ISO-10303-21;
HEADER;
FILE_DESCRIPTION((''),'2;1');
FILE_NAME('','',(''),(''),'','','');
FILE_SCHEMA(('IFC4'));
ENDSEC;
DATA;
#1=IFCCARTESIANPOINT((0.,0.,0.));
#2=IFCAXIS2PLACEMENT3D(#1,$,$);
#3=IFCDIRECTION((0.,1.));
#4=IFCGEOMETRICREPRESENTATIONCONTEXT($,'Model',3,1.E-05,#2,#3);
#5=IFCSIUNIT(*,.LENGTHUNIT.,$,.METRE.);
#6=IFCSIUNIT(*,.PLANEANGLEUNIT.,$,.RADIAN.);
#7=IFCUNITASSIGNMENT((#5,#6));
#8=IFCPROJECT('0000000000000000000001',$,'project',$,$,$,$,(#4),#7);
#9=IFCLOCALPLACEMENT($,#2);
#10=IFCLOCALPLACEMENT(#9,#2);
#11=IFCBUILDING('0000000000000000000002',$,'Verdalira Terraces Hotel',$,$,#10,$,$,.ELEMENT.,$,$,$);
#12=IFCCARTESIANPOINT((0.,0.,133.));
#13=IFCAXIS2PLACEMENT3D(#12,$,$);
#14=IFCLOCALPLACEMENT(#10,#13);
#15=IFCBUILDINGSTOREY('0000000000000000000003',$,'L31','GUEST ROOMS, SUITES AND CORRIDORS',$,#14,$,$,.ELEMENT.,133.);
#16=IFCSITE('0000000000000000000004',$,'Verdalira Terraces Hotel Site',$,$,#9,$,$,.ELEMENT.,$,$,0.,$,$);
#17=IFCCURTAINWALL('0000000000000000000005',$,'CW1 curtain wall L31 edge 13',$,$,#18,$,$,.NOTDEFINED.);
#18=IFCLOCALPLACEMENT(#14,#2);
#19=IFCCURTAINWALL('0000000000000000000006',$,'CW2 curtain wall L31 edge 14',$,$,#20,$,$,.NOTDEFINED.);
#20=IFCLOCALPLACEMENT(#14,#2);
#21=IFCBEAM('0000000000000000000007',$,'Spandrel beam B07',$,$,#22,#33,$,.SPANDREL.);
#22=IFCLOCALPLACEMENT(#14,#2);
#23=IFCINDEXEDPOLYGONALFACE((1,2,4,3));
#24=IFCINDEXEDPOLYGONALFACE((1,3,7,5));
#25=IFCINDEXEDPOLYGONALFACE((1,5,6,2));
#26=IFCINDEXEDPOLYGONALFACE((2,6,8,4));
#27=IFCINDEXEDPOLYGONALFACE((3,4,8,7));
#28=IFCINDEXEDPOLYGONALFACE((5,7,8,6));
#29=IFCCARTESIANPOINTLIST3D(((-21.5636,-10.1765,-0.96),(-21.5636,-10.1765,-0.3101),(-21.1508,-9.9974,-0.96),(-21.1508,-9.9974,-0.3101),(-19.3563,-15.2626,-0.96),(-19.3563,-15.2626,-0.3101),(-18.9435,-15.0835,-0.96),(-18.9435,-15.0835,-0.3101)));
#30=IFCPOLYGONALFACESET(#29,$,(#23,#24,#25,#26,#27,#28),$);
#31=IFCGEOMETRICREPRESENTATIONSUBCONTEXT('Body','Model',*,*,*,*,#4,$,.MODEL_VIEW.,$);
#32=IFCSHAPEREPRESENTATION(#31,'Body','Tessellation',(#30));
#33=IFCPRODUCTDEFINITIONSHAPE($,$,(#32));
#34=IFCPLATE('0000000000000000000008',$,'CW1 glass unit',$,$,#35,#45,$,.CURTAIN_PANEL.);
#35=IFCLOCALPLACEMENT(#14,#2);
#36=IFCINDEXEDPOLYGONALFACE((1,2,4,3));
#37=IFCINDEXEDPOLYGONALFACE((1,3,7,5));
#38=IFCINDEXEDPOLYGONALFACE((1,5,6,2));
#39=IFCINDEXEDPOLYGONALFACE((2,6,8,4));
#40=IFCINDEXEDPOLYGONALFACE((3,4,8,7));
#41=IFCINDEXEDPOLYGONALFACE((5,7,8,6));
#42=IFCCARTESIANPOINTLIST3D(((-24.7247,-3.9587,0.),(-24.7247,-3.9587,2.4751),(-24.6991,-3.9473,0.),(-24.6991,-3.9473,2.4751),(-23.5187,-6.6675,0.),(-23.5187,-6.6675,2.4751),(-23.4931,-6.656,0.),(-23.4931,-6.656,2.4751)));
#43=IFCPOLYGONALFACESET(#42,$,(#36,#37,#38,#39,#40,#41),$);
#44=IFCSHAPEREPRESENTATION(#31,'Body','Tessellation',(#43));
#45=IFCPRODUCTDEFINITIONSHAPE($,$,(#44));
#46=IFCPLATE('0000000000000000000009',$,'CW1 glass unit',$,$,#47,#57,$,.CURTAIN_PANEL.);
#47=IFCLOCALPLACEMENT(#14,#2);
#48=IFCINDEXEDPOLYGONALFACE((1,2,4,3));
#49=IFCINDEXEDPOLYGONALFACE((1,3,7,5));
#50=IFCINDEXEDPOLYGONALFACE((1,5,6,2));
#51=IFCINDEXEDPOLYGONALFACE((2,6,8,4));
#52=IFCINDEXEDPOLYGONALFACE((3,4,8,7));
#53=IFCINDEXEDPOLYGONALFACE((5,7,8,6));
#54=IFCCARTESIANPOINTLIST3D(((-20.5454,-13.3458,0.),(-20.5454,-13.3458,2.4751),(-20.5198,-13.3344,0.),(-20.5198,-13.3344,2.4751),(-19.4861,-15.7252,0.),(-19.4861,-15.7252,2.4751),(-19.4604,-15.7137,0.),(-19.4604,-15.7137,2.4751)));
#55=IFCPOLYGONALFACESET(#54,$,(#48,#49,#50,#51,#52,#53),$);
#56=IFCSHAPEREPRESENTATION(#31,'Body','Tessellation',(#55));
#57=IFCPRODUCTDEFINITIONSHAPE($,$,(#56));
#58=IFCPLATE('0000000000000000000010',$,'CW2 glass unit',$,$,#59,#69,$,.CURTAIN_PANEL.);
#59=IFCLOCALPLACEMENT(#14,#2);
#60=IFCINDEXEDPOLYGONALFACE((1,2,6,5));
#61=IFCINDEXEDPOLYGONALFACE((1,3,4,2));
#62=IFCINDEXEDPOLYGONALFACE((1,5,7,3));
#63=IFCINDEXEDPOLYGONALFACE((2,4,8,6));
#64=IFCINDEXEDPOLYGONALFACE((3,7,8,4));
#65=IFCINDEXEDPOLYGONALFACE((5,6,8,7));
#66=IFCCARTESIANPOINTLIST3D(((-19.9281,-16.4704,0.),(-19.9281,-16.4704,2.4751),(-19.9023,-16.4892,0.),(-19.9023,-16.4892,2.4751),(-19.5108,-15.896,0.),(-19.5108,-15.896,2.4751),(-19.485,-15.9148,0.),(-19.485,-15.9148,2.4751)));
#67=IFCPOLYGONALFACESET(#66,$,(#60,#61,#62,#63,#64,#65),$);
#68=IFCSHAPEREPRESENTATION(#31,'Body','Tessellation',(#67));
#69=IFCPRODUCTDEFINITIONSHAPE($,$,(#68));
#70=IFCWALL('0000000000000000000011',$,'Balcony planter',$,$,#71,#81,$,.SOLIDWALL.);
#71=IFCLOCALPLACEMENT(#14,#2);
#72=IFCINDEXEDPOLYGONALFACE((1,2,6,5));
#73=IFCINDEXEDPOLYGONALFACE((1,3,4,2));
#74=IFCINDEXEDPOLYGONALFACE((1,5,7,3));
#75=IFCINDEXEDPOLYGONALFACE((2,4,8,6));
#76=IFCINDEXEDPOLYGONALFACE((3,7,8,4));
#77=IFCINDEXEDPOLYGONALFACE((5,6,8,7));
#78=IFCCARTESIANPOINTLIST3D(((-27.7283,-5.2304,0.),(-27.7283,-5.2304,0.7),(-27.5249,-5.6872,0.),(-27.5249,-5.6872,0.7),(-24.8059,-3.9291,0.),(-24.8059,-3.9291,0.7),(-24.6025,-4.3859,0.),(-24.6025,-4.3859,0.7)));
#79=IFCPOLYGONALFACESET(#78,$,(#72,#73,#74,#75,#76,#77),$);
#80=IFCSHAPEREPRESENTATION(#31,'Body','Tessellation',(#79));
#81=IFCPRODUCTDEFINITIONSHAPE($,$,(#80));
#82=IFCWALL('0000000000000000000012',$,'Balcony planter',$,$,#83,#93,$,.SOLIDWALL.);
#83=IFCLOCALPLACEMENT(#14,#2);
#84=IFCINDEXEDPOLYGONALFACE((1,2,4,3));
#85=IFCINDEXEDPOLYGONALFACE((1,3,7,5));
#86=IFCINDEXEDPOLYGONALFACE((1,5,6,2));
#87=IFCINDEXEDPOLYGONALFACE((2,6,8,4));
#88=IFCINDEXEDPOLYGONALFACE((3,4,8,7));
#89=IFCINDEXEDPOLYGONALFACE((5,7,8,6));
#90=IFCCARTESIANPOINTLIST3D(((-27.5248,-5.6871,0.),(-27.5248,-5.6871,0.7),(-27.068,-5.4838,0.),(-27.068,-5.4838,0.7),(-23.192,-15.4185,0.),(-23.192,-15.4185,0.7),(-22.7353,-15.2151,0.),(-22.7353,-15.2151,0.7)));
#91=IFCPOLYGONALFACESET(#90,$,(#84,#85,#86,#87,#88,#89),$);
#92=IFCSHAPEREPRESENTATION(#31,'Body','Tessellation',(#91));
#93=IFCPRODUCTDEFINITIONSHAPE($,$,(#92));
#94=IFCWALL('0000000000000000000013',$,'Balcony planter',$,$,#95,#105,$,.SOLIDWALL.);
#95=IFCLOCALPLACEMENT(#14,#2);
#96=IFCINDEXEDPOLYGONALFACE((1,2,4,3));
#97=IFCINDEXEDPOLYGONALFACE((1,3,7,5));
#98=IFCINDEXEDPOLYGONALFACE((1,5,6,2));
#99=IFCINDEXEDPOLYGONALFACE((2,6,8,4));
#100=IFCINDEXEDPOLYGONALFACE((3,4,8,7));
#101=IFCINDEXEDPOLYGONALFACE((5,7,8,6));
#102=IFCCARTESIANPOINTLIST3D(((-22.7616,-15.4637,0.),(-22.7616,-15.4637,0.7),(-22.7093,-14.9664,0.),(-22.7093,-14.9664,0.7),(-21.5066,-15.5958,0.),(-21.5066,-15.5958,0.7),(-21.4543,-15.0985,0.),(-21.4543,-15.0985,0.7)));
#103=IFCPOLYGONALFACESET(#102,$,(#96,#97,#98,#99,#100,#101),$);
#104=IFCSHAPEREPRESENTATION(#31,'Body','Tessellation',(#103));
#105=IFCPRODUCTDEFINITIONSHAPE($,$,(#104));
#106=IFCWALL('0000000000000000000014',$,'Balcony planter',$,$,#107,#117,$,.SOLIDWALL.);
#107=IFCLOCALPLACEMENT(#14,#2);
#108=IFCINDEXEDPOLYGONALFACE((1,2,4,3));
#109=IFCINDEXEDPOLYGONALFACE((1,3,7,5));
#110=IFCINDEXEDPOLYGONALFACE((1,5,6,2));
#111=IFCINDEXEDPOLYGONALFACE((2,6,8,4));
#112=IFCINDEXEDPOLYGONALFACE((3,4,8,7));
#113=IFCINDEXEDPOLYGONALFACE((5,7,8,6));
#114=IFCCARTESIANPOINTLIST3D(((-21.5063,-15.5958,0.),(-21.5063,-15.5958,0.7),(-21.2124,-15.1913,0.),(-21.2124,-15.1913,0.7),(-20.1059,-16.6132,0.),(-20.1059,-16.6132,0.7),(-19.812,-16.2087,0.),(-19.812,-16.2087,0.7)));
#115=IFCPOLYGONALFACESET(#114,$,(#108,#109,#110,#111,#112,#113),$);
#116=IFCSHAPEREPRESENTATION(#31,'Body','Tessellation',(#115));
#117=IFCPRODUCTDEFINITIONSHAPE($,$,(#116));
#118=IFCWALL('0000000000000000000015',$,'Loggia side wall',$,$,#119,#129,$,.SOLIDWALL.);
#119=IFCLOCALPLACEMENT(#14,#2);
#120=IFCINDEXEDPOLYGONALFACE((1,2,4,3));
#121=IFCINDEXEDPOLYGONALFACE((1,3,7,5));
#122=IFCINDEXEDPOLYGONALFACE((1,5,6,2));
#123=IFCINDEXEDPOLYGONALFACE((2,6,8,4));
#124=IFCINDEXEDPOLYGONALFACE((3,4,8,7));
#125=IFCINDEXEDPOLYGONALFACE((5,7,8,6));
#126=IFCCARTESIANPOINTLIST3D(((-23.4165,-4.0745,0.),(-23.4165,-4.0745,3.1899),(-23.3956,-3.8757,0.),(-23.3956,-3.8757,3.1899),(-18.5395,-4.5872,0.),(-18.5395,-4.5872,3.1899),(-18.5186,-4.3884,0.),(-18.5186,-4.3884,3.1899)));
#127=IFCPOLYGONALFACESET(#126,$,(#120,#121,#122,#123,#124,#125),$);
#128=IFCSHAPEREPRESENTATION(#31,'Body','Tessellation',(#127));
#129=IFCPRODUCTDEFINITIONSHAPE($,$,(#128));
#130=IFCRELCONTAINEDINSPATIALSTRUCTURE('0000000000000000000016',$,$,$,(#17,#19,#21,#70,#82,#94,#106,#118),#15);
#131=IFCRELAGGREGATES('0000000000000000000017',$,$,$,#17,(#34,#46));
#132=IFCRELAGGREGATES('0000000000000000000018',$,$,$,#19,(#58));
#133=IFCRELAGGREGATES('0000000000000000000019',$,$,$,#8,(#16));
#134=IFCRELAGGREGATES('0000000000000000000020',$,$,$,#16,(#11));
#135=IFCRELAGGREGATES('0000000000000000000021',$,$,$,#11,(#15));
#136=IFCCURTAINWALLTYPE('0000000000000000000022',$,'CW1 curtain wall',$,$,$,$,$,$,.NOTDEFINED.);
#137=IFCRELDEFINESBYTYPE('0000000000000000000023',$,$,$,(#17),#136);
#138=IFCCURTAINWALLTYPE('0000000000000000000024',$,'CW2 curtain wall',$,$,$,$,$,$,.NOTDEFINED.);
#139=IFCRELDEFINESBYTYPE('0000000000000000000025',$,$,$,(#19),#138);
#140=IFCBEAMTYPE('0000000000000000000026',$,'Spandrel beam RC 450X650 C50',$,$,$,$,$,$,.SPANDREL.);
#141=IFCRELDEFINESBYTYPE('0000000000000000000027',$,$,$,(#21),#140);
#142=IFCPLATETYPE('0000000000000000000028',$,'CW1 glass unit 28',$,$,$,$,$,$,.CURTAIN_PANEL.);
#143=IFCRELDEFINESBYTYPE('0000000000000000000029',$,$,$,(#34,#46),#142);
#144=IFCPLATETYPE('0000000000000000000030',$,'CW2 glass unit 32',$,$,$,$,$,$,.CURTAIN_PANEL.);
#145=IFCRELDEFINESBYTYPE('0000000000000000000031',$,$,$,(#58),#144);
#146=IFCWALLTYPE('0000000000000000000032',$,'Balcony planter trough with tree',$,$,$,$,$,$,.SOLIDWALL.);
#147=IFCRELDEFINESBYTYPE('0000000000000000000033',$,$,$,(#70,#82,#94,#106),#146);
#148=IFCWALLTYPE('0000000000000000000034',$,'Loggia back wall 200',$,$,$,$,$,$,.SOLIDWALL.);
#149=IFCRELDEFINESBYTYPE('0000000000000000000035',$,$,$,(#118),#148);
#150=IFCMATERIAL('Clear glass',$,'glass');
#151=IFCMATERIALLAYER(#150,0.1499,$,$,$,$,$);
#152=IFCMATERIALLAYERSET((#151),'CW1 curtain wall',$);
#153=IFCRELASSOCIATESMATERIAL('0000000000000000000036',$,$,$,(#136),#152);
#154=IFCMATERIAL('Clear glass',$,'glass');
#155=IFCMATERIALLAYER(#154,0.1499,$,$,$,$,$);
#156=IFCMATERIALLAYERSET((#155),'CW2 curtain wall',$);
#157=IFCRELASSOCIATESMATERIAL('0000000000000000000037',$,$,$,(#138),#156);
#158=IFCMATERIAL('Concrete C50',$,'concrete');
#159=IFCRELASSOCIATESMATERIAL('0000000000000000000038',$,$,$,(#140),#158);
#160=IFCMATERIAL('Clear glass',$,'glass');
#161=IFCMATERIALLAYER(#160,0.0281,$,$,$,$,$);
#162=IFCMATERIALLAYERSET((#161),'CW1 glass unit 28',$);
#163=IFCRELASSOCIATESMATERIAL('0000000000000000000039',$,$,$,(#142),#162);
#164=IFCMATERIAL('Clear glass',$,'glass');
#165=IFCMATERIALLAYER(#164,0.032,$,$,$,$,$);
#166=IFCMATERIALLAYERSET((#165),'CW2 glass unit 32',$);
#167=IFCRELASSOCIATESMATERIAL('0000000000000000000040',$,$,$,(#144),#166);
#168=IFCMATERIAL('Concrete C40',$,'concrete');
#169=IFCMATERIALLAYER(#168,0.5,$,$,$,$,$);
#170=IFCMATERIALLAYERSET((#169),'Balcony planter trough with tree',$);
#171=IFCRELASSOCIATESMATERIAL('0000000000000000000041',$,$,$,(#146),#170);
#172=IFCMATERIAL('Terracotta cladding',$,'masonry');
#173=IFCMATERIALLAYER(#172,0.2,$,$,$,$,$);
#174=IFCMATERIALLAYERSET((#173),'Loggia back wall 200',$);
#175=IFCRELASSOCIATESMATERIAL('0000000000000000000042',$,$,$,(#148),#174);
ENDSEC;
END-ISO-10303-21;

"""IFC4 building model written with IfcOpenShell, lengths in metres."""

from ifc_helpers import new_model, si_unit, direction, frame, frame_2d, origin, origin_2d, place, context, subcontext, project, spatial, rectangle, extrude, material, layer, layer_set, material_profile, profile_set, type_object, element, aggregate, save


model = new_model("IFC4")

# Units and contexts
model_context = context("Model", 3, precision=1e-05, world=origin(), true_north=direction((0.0, 1.0)))
body_context = subcontext(model_context, "Body", "Model", "MODEL_VIEW")
ifc_project = project(units=[si_unit("LENGTHUNIT", "METRE"), si_unit("PLANEANGLEUNIT", "RADIAN")], contexts=[model_context])

# Site, building, storey
site_placement = place(None, origin())
site = spatial("IfcSite", under=ifc_project, at=site_placement, Name="Verdalira Terraces Hotel Site", CompositionType="ELEMENT", RefElevation=0.0)
building_placement = place(site_placement, origin())
building = spatial("IfcBuilding", under=site, at=building_placement, Name="Verdalira Terraces Hotel", CompositionType="ELEMENT")
storey_placement = place(building_placement, frame((0.0, 0.0, 133.0)))
storey = spatial("IfcBuildingStorey", under=building, at=storey_placement, Name="L31", Description="GUEST ROOMS, SUITES AND CORRIDORS", CompositionType="ELEMENT", Elevation=133.0)

# Curtain walls
ifc_material_1 = material(Name="Clear glass", Category="glass")
ifc_layer_1 = layer(ifc_material_1, 0.1499)
ifc_layer_set_1 = layer_set([ifc_layer_1], Name="CW1 curtain wall")
curtain_wall_type_1 = type_object("IfcCurtainWallType", Name="CW1 curtain wall", PredefinedType="NOTDEFINED", material=ifc_layer_set_1)
curtain_wall_1_placement = place(storey_placement, origin())
curtain_wall_1 = element("IfcCurtainWall", 1, at=curtain_wall_1_placement, inside=storey, type_object=curtain_wall_type_1, Name="CW1 curtain wall L31 edge 13", PredefinedType="NOTDEFINED")
ifc_material_2 = material(Name="Clear glass", Category="glass")
ifc_layer_2 = layer(ifc_material_2, 0.1499)
ifc_layer_set_2 = layer_set([ifc_layer_2], Name="CW2 curtain wall")
curtain_wall_type_2 = type_object("IfcCurtainWallType", Name="CW2 curtain wall", PredefinedType="NOTDEFINED", material=ifc_layer_set_2)
curtain_wall_2_placement = place(storey_placement, origin())
curtain_wall_2 = element("IfcCurtainWall", 2, at=curtain_wall_2_placement, inside=storey, type_object=curtain_wall_type_2, Name="CW2 curtain wall L31 edge 14", PredefinedType="NOTDEFINED")

# Beam
ifc_material_3 = material(Name="Concrete C50", Category="concrete")
ifc_material_profile_1 = material_profile(ifc_material_3, rectangle(XDim=0.45, YDim=0.6499, at=origin_2d()), Name="RC 450X650")
ifc_profile_set_1 = profile_set([ifc_material_profile_1], Name="Concrete C50")
beam_type_1 = type_object("IfcBeamType", Name="Spandrel beam RC 450X650 C50", PredefinedType="SPANDREL", material=ifc_profile_set_1)
beam_1_placement = place(storey_placement, frame((-21.3572, -10.0869, -0.635), z_axis=(0.398103, -0.917341, 0.0), x_axis=(0.917341, 0.398103, 0.0)))
element("IfcBeam", 3, at=beam_1_placement, inside=storey, type_object=beam_type_1, Name="Spandrel beam B07", PredefinedType="SPANDREL", context=body_context, shape_type="SweptSolid", body=[
    extrude(rectangle(XDim=0.45, YDim=0.6499, at=origin_2d()), origin(), (0.0, 0.0, 1.0), 5.5444),
])

# Plates
ifc_material_4 = material(Name="Clear glass", Category="glass")
ifc_layer_3 = layer(ifc_material_4, 0.0281)
ifc_layer_set_3 = layer_set([ifc_layer_3], Name="CW1 glass unit 28")
plate_type_1 = type_object("IfcPlateType", Name="CW1 glass unit 28", PredefinedType="CURTAIN_PANEL", material=ifc_layer_set_3)
plate_1_placement = place(storey_placement, frame((-24.1089, -5.3074, 0.0), z_axis=(0.0, 0.0, 1.0), x_axis=(0.406737, -0.913545, 0.0)))
plate_1 = element("IfcPlate", 4, at=plate_1_placement, type_object=plate_type_1, Name="CW1 glass unit", PredefinedType="CURTAIN_PANEL", context=body_context, shape_type="SweptSolid", body=[
    extrude(rectangle(XDim=2.9651, YDim=0.0281, at=origin_2d()), origin(), (0.0, 0.0, 1.0), 2.4751),
])
plate_2_placement = place(storey_placement, frame((-20.0029, -14.5298, 0.0), z_axis=(0.0, 0.0, 1.0), x_axis=(0.406737, -0.913545, 0.0)))
plate_2 = element("IfcPlate", 5, at=plate_2_placement, type_object=plate_type_1, Name="CW1 glass unit", PredefinedType="CURTAIN_PANEL", context=body_context, shape_type="SweptSolid", body=[
    extrude(rectangle(XDim=2.6045, YDim=0.0281, at=origin_2d()), origin(), (0.0, 0.0, 1.0), 2.4751),
])
aggregate(curtain_wall_1, [plate_1, plate_2])
ifc_material_5 = material(Name="Clear glass", Category="glass")
ifc_layer_4 = layer(ifc_material_5, 0.032)
ifc_layer_set_4 = layer_set([ifc_layer_4], Name="CW2 glass unit 32")
plate_type_2 = type_object("IfcPlateType", Name="CW2 glass unit 32", PredefinedType="CURTAIN_PANEL", material=ifc_layer_set_4)
plate_3_placement = place(storey_placement, frame((-19.7065, -16.1926, 0.0), z_axis=(0.0, 0.0, 1.0), x_axis=(-0.587785, -0.809017, 0.0)))
plate_3 = element("IfcPlate", 6, at=plate_3_placement, type_object=plate_type_2, Name="CW2 glass unit", PredefinedType="CURTAIN_PANEL", context=body_context, shape_type="SweptSolid", body=[
    extrude(rectangle(XDim=0.71, YDim=0.032, at=origin_2d()), origin(), (0.0, 0.0, 1.0), 2.4751),
])
aggregate(curtain_wall_2, [plate_3])

# Walls
ifc_material_6 = material(Name="Concrete C40", Category="concrete")
ifc_layer_5 = layer(ifc_material_6, 0.5)
ifc_layer_set_5 = layer_set([ifc_layer_5], Name="Balcony planter trough with tree")
wall_type_1 = type_object("IfcWallType", Name="Balcony planter trough with tree", PredefinedType="SOLIDWALL", material=ifc_layer_set_5)
wall_1_placement = place(storey_placement, frame((-24.7041, -4.1575, 0.0), z_axis=(0.0, 0.0, 1.0), x_axis=(-0.913528, -0.406776, 0.0)))
element("IfcWall", 7, at=wall_1_placement, inside=storey, type_object=wall_type_1, Name="Balcony planter", PredefinedType="SOLIDWALL", context=body_context, shape_type="SweptSolid", body=[
    extrude(rectangle(XDim=3.199, YDim=0.5, at=frame_2d((1.5996, 0.0))), origin(), (0.0, 0.0, 1.0), 0.7),
])
wall_2_placement = place(storey_placement, frame((-27.2964, -5.5854, 0.0), z_axis=(0.0, 0.0, 1.0), x_axis=(0.40674, -0.913544, 0.0)))
element("IfcWall", 8, at=wall_2_placement, inside=storey, type_object=wall_type_1, Name="Balcony planter", PredefinedType="SOLIDWALL", context=body_context, shape_type="SweptSolid", body=[
    extrude(rectangle(XDim=10.6523, YDim=0.5, at=frame_2d((5.3262, 0.0))), origin(), (0.0, 0.0, 1.0), 0.7),
])
wall_3_placement = place(storey_placement, frame((-22.7354, -15.2151, 0.0), z_axis=(0.0, 0.0, 1.0), x_axis=(0.994509, -0.104655, 0.0)))
element("IfcWall", 9, at=wall_3_placement, inside=storey, type_object=wall_type_1, Name="Balcony planter", PredefinedType="SOLIDWALL", context=body_context, shape_type="SweptSolid", body=[
    extrude(rectangle(XDim=1.262, YDim=0.5, at=frame_2d((0.6309, 0.0))), origin(), (0.0, 0.0, 1.0), 0.7),
])
wall_4_placement = place(storey_placement, frame((-21.3594, -15.3936, 0.0), z_axis=(0.0, 0.0, 1.0), x_axis=(0.809047, -0.587744, 0.0)))
element("IfcWall", 10, at=wall_4_placement, inside=storey, type_object=wall_type_1, Name="Balcony planter", PredefinedType="SOLIDWALL", context=body_context, shape_type="SweptSolid", body=[
    extrude(rectangle(XDim=1.731, YDim=0.5, at=frame_2d((0.8655, 0.0))), origin(), (0.0, 0.0, 1.0), 0.7),
])
ifc_material_7 = material(Name="Terracotta cladding", Category="masonry")
ifc_layer_6 = layer(ifc_material_7, 0.2)
ifc_layer_set_6 = layer_set([ifc_layer_6], Name="Loggia back wall 200")
wall_type_2 = type_object("IfcWallType", Name="Loggia back wall 200", PredefinedType="SOLIDWALL", material=ifc_layer_set_6)
wall_5_placement = place(storey_placement, frame((-23.406, -3.9751, 0.0), z_axis=(0.0, 0.0, 1.0), x_axis=(0.99452, -0.10455, 0.0)))
element("IfcWall", 11, at=wall_5_placement, inside=storey, type_object=wall_type_2, Name="Loggia side wall", PredefinedType="SOLIDWALL", context=body_context, shape_type="SweptSolid", body=[
    extrude(rectangle(XDim=4.9038, YDim=0.2, at=frame_2d((2.4519, 0.0))), origin(), (0.0, 0.0, 1.0), 3.1899),
])

save(model, "model.ifc")
